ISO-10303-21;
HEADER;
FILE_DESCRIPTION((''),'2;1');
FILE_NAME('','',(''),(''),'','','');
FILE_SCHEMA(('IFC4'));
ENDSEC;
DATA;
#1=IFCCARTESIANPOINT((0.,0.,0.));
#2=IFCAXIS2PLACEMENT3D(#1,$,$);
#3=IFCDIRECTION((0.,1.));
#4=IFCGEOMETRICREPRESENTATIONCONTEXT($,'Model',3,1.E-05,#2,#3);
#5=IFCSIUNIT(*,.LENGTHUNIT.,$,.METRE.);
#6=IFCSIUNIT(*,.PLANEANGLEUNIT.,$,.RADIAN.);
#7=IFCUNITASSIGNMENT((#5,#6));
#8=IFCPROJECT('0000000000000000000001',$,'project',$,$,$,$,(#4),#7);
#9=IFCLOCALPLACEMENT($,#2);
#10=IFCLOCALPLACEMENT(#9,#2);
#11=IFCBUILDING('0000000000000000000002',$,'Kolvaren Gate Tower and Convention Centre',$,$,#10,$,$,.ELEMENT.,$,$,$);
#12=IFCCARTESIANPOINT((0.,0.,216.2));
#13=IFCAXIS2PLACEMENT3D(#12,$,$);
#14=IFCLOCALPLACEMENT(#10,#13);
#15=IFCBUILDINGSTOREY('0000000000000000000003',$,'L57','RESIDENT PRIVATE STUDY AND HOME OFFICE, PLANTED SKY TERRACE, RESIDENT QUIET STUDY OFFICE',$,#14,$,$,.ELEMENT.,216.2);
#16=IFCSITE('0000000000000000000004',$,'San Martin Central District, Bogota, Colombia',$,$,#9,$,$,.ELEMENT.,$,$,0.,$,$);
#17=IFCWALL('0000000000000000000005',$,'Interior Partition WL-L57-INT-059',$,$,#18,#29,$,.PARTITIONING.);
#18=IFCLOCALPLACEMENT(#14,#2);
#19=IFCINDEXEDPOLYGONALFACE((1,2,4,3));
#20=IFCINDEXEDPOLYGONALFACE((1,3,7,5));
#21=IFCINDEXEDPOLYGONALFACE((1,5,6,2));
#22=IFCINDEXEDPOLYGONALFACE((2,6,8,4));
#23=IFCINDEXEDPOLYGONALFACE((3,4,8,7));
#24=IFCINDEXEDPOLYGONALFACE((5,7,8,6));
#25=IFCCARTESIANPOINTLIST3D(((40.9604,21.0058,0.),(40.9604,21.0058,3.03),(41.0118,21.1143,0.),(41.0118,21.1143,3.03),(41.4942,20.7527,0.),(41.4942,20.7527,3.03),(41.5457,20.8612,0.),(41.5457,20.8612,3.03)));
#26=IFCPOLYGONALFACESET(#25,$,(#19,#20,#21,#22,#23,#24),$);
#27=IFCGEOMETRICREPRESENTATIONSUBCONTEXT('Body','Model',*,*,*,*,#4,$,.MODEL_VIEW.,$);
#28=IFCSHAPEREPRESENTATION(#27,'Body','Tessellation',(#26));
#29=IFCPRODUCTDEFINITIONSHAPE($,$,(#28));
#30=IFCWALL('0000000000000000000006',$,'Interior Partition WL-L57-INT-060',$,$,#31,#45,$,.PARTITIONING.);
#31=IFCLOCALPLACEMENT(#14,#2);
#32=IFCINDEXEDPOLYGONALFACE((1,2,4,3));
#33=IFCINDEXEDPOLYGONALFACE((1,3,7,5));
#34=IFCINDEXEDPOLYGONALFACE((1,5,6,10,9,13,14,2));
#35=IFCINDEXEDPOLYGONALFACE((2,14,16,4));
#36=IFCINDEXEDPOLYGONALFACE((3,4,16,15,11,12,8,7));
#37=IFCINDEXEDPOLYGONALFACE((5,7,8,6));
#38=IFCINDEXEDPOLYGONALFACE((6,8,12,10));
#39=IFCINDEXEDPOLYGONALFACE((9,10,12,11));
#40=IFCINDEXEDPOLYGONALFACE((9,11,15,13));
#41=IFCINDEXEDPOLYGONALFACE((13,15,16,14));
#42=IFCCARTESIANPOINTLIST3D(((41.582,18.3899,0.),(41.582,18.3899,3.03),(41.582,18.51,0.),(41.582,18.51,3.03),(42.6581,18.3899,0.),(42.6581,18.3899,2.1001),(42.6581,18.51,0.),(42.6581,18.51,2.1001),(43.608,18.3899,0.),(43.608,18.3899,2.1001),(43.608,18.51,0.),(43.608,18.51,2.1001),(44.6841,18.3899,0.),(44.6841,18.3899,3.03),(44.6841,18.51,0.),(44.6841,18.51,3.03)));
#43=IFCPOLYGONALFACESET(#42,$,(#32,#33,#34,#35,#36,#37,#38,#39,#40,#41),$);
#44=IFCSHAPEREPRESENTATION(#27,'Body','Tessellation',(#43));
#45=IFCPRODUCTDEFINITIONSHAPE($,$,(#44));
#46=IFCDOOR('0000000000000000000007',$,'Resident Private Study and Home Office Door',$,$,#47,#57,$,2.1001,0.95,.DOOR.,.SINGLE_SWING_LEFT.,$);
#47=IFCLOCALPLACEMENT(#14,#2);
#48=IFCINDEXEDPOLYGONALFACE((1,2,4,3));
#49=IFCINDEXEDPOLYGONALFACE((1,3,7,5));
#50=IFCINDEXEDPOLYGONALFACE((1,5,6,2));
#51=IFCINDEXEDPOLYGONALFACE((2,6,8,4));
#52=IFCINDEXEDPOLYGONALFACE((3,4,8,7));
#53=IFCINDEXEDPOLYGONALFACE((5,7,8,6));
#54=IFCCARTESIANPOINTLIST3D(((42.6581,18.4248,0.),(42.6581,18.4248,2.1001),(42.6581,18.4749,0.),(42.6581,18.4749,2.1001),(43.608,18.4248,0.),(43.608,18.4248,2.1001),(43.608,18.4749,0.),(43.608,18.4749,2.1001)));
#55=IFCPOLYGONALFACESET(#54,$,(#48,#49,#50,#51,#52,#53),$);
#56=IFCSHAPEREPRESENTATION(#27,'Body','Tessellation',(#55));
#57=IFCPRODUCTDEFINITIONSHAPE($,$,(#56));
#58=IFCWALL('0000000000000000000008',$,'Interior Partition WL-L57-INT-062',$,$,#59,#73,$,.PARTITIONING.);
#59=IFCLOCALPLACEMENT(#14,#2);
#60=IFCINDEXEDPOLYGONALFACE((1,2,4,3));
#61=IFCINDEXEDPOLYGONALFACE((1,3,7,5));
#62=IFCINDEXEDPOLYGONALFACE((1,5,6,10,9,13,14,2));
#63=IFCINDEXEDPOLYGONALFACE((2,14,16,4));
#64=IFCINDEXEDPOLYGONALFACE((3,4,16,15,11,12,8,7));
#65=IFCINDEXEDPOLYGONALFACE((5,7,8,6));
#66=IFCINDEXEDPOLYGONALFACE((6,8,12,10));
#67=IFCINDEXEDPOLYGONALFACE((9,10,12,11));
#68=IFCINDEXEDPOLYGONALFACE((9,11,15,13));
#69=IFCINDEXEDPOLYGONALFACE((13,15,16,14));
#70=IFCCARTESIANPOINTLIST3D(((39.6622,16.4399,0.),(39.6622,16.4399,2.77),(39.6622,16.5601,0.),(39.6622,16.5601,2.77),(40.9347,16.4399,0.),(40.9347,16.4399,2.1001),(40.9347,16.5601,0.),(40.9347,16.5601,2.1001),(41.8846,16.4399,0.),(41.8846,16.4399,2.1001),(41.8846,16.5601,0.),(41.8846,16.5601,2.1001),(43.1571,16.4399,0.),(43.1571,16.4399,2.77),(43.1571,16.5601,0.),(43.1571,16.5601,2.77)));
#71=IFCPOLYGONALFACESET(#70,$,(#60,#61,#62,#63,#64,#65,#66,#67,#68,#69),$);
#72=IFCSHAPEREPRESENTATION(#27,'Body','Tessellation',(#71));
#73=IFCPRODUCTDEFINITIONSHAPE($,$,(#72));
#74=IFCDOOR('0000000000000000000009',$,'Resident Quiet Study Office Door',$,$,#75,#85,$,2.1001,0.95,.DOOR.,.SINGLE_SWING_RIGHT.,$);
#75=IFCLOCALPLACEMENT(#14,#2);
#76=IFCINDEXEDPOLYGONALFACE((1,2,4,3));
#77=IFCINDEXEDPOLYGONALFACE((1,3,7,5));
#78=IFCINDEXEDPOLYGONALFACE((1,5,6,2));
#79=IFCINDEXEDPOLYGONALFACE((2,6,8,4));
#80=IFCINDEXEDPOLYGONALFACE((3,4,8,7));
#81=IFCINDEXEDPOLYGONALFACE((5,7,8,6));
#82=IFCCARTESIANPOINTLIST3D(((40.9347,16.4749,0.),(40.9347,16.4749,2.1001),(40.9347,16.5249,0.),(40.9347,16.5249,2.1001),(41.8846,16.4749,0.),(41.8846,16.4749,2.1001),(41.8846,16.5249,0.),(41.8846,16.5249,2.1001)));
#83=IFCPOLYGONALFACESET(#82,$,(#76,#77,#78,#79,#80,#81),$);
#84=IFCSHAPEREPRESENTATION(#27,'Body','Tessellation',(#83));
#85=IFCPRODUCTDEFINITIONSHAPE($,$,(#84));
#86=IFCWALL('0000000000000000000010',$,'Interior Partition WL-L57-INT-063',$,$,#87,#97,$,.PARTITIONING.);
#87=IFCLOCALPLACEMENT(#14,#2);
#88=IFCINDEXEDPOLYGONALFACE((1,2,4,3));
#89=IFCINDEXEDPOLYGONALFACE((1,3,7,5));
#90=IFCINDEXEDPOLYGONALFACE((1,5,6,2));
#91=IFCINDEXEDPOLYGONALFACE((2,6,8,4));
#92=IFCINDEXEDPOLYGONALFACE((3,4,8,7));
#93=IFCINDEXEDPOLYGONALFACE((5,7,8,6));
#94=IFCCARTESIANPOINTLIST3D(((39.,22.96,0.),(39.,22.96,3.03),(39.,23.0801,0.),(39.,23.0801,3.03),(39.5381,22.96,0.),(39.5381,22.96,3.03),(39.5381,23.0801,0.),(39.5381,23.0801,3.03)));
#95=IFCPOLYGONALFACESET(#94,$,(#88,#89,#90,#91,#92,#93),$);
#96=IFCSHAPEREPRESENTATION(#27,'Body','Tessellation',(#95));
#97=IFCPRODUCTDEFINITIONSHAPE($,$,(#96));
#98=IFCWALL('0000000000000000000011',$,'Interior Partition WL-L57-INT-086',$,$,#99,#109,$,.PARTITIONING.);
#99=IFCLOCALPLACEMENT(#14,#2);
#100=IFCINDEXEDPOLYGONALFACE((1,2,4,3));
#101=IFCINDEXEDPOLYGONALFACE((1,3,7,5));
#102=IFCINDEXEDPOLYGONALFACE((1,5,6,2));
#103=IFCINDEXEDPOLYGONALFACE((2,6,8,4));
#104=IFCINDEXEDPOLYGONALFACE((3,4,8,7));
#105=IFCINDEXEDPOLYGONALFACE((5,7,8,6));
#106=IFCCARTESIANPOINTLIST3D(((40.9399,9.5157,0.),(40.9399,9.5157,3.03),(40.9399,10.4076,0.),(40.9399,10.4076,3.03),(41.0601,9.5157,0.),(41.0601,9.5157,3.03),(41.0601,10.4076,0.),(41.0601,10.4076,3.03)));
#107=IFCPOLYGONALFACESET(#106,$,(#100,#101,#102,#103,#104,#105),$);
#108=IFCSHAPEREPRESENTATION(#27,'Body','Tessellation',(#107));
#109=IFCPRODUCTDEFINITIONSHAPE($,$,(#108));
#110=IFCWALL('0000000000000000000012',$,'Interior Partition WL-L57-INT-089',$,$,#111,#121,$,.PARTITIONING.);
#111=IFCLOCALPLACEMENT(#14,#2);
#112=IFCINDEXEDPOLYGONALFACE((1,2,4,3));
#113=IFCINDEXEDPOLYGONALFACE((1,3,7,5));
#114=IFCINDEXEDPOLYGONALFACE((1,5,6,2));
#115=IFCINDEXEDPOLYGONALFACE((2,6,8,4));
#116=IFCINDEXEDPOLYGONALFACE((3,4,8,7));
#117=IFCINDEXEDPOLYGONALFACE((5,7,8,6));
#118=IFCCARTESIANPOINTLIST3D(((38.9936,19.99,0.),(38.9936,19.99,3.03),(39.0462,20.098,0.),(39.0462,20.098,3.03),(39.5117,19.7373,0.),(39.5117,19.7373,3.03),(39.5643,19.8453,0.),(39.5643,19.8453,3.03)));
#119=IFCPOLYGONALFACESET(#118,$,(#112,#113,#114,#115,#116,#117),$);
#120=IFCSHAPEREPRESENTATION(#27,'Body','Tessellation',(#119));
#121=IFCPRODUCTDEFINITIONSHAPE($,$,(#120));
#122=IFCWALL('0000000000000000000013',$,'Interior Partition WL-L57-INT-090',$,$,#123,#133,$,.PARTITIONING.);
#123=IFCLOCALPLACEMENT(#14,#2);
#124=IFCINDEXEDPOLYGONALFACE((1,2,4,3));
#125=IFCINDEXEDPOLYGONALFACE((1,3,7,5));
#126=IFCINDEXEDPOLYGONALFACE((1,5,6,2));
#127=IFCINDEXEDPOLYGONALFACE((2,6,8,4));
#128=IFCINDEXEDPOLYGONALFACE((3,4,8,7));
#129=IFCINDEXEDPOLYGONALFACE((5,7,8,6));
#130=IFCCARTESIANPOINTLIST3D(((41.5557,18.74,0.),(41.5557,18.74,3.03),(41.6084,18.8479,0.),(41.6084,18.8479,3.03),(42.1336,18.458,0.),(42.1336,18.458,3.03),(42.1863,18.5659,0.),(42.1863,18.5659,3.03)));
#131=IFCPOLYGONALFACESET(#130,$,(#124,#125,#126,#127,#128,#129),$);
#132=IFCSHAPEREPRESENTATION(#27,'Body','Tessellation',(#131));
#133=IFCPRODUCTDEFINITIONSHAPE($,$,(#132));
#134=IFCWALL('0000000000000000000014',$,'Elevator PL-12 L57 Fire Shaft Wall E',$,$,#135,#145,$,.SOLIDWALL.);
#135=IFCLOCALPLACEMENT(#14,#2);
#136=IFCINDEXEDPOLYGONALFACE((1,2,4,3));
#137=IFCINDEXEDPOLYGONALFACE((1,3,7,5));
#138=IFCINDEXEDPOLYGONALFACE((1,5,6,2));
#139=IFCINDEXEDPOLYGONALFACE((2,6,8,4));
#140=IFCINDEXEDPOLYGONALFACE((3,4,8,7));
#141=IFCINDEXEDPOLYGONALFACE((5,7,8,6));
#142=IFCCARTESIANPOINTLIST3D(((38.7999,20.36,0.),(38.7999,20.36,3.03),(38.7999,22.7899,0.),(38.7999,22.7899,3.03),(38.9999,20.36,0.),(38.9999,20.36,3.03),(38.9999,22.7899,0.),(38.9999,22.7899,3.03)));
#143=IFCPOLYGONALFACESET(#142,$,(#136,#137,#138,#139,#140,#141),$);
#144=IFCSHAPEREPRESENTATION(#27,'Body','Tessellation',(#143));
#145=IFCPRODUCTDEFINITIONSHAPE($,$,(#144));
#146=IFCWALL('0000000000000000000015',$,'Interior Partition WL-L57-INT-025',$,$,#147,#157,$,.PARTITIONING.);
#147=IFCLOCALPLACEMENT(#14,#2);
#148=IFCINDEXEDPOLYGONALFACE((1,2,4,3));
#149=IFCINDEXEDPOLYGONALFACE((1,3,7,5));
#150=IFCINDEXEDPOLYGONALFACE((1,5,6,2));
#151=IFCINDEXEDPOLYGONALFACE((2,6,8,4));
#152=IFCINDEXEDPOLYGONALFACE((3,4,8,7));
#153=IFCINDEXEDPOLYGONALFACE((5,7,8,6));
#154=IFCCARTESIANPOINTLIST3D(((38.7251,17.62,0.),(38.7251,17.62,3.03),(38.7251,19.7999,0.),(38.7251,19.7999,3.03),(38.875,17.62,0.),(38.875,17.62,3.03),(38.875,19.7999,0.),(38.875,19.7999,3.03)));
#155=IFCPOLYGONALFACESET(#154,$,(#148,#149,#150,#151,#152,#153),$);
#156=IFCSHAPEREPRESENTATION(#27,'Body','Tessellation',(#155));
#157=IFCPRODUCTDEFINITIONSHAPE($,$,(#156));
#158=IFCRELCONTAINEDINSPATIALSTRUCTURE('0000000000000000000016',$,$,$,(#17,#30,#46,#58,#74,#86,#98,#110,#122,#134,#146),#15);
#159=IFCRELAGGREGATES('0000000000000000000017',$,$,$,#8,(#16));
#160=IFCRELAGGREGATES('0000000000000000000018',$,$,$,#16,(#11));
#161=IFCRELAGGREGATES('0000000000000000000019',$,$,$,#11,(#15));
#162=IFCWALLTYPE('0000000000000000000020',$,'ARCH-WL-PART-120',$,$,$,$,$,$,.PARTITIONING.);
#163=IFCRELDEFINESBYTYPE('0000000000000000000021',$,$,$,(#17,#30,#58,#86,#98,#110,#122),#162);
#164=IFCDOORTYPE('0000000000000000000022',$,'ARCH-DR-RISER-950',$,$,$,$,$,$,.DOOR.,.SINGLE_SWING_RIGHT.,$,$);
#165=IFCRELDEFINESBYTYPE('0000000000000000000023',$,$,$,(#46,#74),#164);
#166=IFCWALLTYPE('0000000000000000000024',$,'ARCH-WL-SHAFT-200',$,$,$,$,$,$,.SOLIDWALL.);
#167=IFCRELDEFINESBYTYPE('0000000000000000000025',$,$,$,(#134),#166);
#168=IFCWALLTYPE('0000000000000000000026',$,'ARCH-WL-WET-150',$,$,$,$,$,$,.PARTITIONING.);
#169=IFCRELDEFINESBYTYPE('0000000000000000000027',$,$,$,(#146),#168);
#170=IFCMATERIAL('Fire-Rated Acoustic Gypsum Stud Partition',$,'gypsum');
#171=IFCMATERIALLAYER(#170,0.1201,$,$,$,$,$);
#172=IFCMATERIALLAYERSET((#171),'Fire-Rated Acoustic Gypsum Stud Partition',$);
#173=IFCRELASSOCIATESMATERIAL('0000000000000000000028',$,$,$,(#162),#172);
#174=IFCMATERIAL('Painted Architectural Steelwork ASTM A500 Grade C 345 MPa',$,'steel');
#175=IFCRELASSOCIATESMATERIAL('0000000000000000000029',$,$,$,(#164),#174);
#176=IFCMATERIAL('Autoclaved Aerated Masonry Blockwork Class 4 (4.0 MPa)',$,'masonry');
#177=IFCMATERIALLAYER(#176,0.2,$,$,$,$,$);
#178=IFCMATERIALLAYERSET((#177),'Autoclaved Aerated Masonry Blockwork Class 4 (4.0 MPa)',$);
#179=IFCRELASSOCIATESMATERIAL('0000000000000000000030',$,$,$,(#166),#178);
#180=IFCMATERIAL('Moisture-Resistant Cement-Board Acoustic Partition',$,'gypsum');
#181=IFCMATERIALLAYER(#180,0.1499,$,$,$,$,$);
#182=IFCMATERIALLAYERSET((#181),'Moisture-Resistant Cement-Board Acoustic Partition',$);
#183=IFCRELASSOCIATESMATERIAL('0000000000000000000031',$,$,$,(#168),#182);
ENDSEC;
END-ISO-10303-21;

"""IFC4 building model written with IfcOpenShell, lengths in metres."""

from ifc_helpers import new_model, si_unit, direction, frame, frame_2d, origin, place, context, subcontext, project, spatial, rectangle, extrude, material, layer, layer_set, type_object, element, fill, save


model = new_model("IFC4")

# Units and contexts
model_context = context("Model", 3, precision=1e-05, world=origin(), true_north=direction((0.0, 1.0)))
body_context = subcontext(model_context, "Body", "Model", "MODEL_VIEW")
ifc_project = project(units=[si_unit("LENGTHUNIT", "METRE"), si_unit("PLANEANGLEUNIT", "RADIAN")], contexts=[model_context])

# Site, building, storey
site_placement = place(None, origin())
site = spatial("IfcSite", under=ifc_project, at=site_placement, Name="San Martin Central District, Bogota, Colombia", CompositionType="ELEMENT", RefElevation=0.0)
building_placement = place(site_placement, origin())
building = spatial("IfcBuilding", under=site, at=building_placement, Name="Kolvaren Gate Tower and Convention Centre", CompositionType="ELEMENT")
storey_placement = place(building_placement, frame((0.0, 0.0, 216.2)))
storey = spatial("IfcBuildingStorey", under=building, at=storey_placement, Name="L57", Description="RESIDENT PRIVATE STUDY AND HOME OFFICE, PLANTED SKY TERRACE, RESIDENT QUIET STUDY OFFICE", CompositionType="ELEMENT", Elevation=216.2)

# Shared definitions
ifc_material_1 = material(Name="Fire-Rated Acoustic Gypsum Stud Partition", Category="gypsum")
ifc_layer_1 = layer(ifc_material_1, 0.1201)
ifc_layer_set_1 = layer_set([ifc_layer_1], Name="Fire-Rated Acoustic Gypsum Stud Partition")
wall_type_1 = type_object("IfcWallType", Name="ARCH-WL-PART-120", PredefinedType="PARTITIONING", material=ifc_layer_set_1)

# Shared definitions
ifc_material_2 = material(Name="Painted Architectural Steelwork ASTM A500 Grade C 345 MPa", Category="steel")
door_type = type_object("IfcDoorType", Name="ARCH-DR-RISER-950", OperationType="SINGLE_SWING_RIGHT", PredefinedType="DOOR", material=ifc_material_2)

# Wall
wall_1_placement = place(storey_placement, frame((40.9861, 21.0601, 0.0), z_axis=(0.0, 0.0, 1.0), x_axis=(0.90357, -0.428442, 0.0)))
element("IfcWall", 1, at=wall_1_placement, inside=storey, type_object=wall_type_1, Name="Interior Partition WL-L57-INT-059", PredefinedType="PARTITIONING", context=body_context, shape_type="SweptSolid", body=[
    extrude(rectangle(XDim=0.5908, YDim=0.1201, at=frame_2d((0.2954, 0.0))), origin(), (0.0, 0.0, 1.0), 3.03),
])

# Walls, openings, doors
wall_2_placement = place(storey_placement, frame((41.582, 18.45, 0.0), z_axis=(0.0, 0.0, 1.0), x_axis=(1.0, 0.0, 0.0)))
wall_2 = element("IfcWall", 2, at=wall_2_placement, inside=storey, type_object=wall_type_1, Name="Interior Partition WL-L57-INT-060", PredefinedType="PARTITIONING", context=body_context, shape_type="SweptSolid", body=[
    extrude(rectangle(XDim=3.1021, YDim=0.1201, at=frame_2d((1.551, 0.0))), origin(), (0.0, 0.0, 1.0), 3.03),
])
opening_1_placement = place(wall_2_placement, frame((1.0759, 0.0, 0.0)))
opening_1 = element("IfcOpeningElement", 3, at=opening_1_placement, cuts=wall_2, PredefinedType="OPENING", context=body_context, shape_type="SweptSolid", body=[
    extrude(rectangle(XDim=0.95, YDim=2.1001, at=frame_2d((0.4751, 1.05))), frame((0.0, 0.0701, 0.0), z_axis=(0.0, -1.0, 0.0), x_axis=(1.0, 0.0, 0.0)), (0.0, 0.0, 1.0), 0.1401),
])
door_1_placement = place(opening_1_placement, origin())
door_1 = element("IfcDoor", 4, at=door_1_placement, inside=storey, type_object=door_type, Name="Resident Private Study and Home Office Door", OperationType="SINGLE_SWING_LEFT", OverallHeight=2.1001, OverallWidth=0.95, PredefinedType="DOOR", context=body_context, shape_type="SweptSolid", body=[
    extrude(rectangle(XDim=0.95, YDim=2.1001, at=frame_2d((0.4751, 1.05))), frame((0.0, 0.0249, 0.0), z_axis=(0.0, -1.0, 0.0), x_axis=(1.0, 0.0, 0.0)), (0.0, 0.0, 1.0), 0.05),
])
fill(opening_1, door_1)
wall_3_placement = place(storey_placement, frame((39.6621, 16.5, 0.0), z_axis=(0.0, 0.0, 1.0), x_axis=(1.0, 0.0, 0.0)))
wall_3 = element("IfcWall", 5, at=wall_3_placement, inside=storey, type_object=wall_type_1, Name="Interior Partition WL-L57-INT-062", PredefinedType="PARTITIONING", context=body_context, shape_type="SweptSolid", body=[
    extrude(rectangle(XDim=3.4949, YDim=0.1201, at=frame_2d((1.7476, 0.0))), origin(), (0.0, 0.0, 1.0), 2.77),
])
opening_2_placement = place(wall_3_placement, frame((1.2725, 0.0, 0.0)))
opening_2 = element("IfcOpeningElement", 6, at=opening_2_placement, cuts=wall_3, PredefinedType="OPENING", context=body_context, shape_type="SweptSolid", body=[
    extrude(rectangle(XDim=0.95, YDim=2.1001, at=frame_2d((0.4751, 1.05))), frame((0.0, 0.0701, 0.0), z_axis=(0.0, -1.0, 0.0), x_axis=(1.0, 0.0, 0.0)), (0.0, 0.0, 1.0), 0.1401),
])
door_2_placement = place(opening_2_placement, origin())
door_2 = element("IfcDoor", 7, at=door_2_placement, inside=storey, type_object=door_type, Name="Resident Quiet Study Office Door", OperationType="SINGLE_SWING_RIGHT", OverallHeight=2.1001, OverallWidth=0.95, PredefinedType="DOOR", context=body_context, shape_type="SweptSolid", body=[
    extrude(rectangle(XDim=0.95, YDim=2.1001, at=frame_2d((0.4751, 1.05))), frame((0.0, 0.0249, 0.0), z_axis=(0.0, -1.0, 0.0), x_axis=(1.0, 0.0, 0.0)), (0.0, 0.0, 1.0), 0.05),
])
fill(opening_2, door_2)

# Walls
wall_4_placement = place(storey_placement, frame((39.0, 23.02, 0.0), z_axis=(0.0, 0.0, 1.0), x_axis=(1.0, 0.0, 0.0)))
element("IfcWall", 8, at=wall_4_placement, inside=storey, type_object=wall_type_1, Name="Interior Partition WL-L57-INT-063", PredefinedType="PARTITIONING", context=body_context, shape_type="SweptSolid", body=[
    extrude(rectangle(XDim=0.5381, YDim=0.1201, at=frame_2d((0.269, 0.0))), origin(), (0.0, 0.0, 1.0), 3.03),
])
wall_5_placement = place(storey_placement, frame((41.0, 9.5159, 0.0), z_axis=(0.0, 0.0, 1.0), x_axis=(0.0, 1.0, 0.0)))
element("IfcWall", 9, at=wall_5_placement, inside=storey, type_object=wall_type_1, Name="Interior Partition WL-L57-INT-086", PredefinedType="PARTITIONING", context=body_context, shape_type="SweptSolid", body=[
    extrude(rectangle(XDim=0.8918, YDim=0.1201, at=frame_2d((0.4458, 0.0))), origin(), (0.0, 0.0, 1.0), 3.03),
])
wall_6_placement = place(storey_placement, frame((39.02, 20.0439, 0.0), z_axis=(0.0, 0.0, 1.0), x_axis=(0.898789, -0.438382, 0.0)))
element("IfcWall", 10, at=wall_6_placement, inside=storey, type_object=wall_type_1, Name="Interior Partition WL-L57-INT-089", PredefinedType="PARTITIONING", context=body_context, shape_type="SweptSolid", body=[
    extrude(rectangle(XDim=0.5764, YDim=0.1201, at=frame_2d((0.2881, 0.0))), origin(), (0.0, 0.0, 1.0), 3.03),
])
wall_7_placement = place(storey_placement, frame((41.582, 18.7939, 0.0), z_axis=(0.0, 0.0, 1.0), x_axis=(0.898714, -0.438536, 0.0)))
element("IfcWall", 11, at=wall_7_placement, inside=storey, type_object=wall_type_1, Name="Interior Partition WL-L57-INT-090", PredefinedType="PARTITIONING", context=body_context, shape_type="SweptSolid", body=[
    extrude(rectangle(XDim=0.6431, YDim=0.1201, at=frame_2d((0.3215, 0.0))), origin(), (0.0, 0.0, 1.0), 3.03),
])
ifc_material_3 = material(Name="Autoclaved Aerated Masonry Blockwork Class 4 (4.0 MPa)", Category="masonry")
ifc_layer_2 = layer(ifc_material_3, 0.2)
ifc_layer_set_2 = layer_set([ifc_layer_2], Name="Autoclaved Aerated Masonry Blockwork Class 4 (4.0 MPa)")
wall_type_2 = type_object("IfcWallType", Name="ARCH-WL-SHAFT-200", PredefinedType="SOLIDWALL", material=ifc_layer_set_2)
wall_8_placement = place(storey_placement, frame((38.8999, 20.3601, 0.0), z_axis=(0.0, 0.0, 1.0), x_axis=(0.0, 1.0, 0.0)))
element("IfcWall", 12, at=wall_8_placement, inside=storey, type_object=wall_type_2, Name="Elevator PL-12 L57 Fire Shaft Wall E", PredefinedType="SOLIDWALL", context=body_context, shape_type="SweptSolid", body=[
    extrude(rectangle(XDim=2.4299, YDim=0.2, at=frame_2d((1.2148, 0.0))), origin(), (0.0, 0.0, 1.0), 3.03),
])
ifc_material_4 = material(Name="Moisture-Resistant Cement-Board Acoustic Partition", Category="gypsum")
ifc_layer_3 = layer(ifc_material_4, 0.1499)
ifc_layer_set_3 = layer_set([ifc_layer_3], Name="Moisture-Resistant Cement-Board Acoustic Partition")
wall_type_3 = type_object("IfcWallType", Name="ARCH-WL-WET-150", PredefinedType="PARTITIONING", material=ifc_layer_set_3)
wall_9_placement = place(storey_placement, frame((38.8, 17.6201, 0.0), z_axis=(0.0, 0.0, 1.0), x_axis=(0.0, 1.0, 0.0)))
element("IfcWall", 13, at=wall_9_placement, inside=storey, type_object=wall_type_3, Name="Interior Partition WL-L57-INT-025", PredefinedType="PARTITIONING", context=body_context, shape_type="SweptSolid", body=[
    extrude(rectangle(XDim=2.1799, YDim=0.1499, at=frame_2d((1.0898, 0.0))), origin(), (0.0, 0.0, 1.0), 3.03),
])

save(model, "model.ifc")
